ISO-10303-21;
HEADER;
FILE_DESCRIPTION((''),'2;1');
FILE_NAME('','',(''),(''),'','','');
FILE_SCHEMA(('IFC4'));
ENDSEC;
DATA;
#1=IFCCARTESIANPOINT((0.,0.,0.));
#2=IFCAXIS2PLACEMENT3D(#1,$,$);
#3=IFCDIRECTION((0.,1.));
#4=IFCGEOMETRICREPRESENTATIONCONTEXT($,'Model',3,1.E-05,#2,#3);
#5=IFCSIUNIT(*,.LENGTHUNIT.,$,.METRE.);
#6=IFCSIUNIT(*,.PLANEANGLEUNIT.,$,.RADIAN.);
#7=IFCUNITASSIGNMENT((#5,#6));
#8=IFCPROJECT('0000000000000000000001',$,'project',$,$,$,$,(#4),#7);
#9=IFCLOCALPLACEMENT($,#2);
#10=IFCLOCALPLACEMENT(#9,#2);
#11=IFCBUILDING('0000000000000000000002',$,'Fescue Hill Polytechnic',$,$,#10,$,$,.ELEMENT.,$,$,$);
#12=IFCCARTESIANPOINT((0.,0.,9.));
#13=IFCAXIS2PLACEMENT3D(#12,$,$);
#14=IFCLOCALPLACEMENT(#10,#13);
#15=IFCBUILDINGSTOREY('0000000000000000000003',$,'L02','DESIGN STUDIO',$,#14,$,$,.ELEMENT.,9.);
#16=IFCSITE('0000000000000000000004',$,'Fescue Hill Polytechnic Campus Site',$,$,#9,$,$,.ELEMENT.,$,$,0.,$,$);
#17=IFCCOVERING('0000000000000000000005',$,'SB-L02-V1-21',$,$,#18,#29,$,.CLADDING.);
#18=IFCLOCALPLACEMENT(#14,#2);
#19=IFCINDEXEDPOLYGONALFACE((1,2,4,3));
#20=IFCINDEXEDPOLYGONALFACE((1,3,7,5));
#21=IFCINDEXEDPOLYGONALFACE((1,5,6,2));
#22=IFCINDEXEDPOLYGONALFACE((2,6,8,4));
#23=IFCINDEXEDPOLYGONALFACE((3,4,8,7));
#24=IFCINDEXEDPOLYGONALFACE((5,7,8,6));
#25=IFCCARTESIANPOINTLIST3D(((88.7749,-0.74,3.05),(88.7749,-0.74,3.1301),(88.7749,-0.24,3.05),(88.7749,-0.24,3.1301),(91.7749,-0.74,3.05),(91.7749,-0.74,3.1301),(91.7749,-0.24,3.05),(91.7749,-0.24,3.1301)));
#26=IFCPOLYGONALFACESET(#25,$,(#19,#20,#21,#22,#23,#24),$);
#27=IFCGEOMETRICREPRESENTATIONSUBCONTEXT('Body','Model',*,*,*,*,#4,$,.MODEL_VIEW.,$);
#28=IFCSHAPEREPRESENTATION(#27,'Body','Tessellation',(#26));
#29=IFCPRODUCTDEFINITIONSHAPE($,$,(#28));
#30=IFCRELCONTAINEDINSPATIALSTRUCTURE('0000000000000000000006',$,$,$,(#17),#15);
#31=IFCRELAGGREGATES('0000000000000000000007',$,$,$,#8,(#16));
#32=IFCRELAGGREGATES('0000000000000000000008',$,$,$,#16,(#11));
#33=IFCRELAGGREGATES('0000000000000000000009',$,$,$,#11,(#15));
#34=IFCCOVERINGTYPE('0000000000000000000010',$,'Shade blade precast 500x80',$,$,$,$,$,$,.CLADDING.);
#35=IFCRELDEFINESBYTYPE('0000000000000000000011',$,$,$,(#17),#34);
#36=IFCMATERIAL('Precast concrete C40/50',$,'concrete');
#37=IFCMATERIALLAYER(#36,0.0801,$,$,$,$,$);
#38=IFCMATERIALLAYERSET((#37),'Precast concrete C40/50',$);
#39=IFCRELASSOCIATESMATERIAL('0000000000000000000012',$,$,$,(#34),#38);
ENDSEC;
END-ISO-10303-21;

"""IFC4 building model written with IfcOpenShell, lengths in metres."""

from ifc_helpers import new_model, si_unit, direction, frame, origin, origin_2d, place, context, subcontext, project, spatial, rectangle, extrude, material, layer, layer_set, type_object, element, save


model = new_model("IFC4")

# Units and contexts
model_context = context("Model", 3, precision=1e-05, world=origin(), true_north=direction((0.0, 1.0)))
body_context = subcontext(model_context, "Body", "Model", "MODEL_VIEW")
ifc_project = project(units=[si_unit("LENGTHUNIT", "METRE"), si_unit("PLANEANGLEUNIT", "RADIAN")], contexts=[model_context])

# Site, building, storey
site_placement = place(None, origin())
site = spatial("IfcSite", under=ifc_project, at=site_placement, Name="Fescue Hill Polytechnic Campus Site", CompositionType="ELEMENT", RefElevation=0.0)
building_placement = place(site_placement, origin())
building = spatial("IfcBuilding", under=site, at=building_placement, Name="Fescue Hill Polytechnic", CompositionType="ELEMENT")
storey_placement = place(building_placement, frame((0.0, 0.0, 9.0)))
storey = spatial("IfcBuildingStorey", under=building, at=storey_placement, Name="L02", Description="DESIGN STUDIO", CompositionType="ELEMENT", Elevation=9.0)

# Covering
ifc_material_1 = material(Name="Precast concrete C40/50", Category="concrete")
ifc_layer_1 = layer(ifc_material_1, 0.0801)
ifc_layer_set_1 = layer_set([ifc_layer_1], Name="Precast concrete C40/50")
covering_type = type_object("IfcCoveringType", Name="Shade blade precast 500x80", PredefinedType="CLADDING", material=ifc_layer_set_1)
covering_1_placement = place(storey_placement, frame((90.2749, -0.49, 3.05), z_axis=(0.0, 0.0, 1.0), x_axis=(1.0, 0.0, 0.0)))
element("IfcCovering", 1, at=covering_1_placement, inside=storey, type_object=covering_type, Name="SB-L02-V1-21", PredefinedType="CLADDING", context=body_context, shape_type="SweptSolid", body=[
    extrude(rectangle(XDim=3.0, YDim=0.5, at=origin_2d()), origin(), (0.0, 0.0, 1.0), 0.0801),
])

save(model, "model.ifc")
